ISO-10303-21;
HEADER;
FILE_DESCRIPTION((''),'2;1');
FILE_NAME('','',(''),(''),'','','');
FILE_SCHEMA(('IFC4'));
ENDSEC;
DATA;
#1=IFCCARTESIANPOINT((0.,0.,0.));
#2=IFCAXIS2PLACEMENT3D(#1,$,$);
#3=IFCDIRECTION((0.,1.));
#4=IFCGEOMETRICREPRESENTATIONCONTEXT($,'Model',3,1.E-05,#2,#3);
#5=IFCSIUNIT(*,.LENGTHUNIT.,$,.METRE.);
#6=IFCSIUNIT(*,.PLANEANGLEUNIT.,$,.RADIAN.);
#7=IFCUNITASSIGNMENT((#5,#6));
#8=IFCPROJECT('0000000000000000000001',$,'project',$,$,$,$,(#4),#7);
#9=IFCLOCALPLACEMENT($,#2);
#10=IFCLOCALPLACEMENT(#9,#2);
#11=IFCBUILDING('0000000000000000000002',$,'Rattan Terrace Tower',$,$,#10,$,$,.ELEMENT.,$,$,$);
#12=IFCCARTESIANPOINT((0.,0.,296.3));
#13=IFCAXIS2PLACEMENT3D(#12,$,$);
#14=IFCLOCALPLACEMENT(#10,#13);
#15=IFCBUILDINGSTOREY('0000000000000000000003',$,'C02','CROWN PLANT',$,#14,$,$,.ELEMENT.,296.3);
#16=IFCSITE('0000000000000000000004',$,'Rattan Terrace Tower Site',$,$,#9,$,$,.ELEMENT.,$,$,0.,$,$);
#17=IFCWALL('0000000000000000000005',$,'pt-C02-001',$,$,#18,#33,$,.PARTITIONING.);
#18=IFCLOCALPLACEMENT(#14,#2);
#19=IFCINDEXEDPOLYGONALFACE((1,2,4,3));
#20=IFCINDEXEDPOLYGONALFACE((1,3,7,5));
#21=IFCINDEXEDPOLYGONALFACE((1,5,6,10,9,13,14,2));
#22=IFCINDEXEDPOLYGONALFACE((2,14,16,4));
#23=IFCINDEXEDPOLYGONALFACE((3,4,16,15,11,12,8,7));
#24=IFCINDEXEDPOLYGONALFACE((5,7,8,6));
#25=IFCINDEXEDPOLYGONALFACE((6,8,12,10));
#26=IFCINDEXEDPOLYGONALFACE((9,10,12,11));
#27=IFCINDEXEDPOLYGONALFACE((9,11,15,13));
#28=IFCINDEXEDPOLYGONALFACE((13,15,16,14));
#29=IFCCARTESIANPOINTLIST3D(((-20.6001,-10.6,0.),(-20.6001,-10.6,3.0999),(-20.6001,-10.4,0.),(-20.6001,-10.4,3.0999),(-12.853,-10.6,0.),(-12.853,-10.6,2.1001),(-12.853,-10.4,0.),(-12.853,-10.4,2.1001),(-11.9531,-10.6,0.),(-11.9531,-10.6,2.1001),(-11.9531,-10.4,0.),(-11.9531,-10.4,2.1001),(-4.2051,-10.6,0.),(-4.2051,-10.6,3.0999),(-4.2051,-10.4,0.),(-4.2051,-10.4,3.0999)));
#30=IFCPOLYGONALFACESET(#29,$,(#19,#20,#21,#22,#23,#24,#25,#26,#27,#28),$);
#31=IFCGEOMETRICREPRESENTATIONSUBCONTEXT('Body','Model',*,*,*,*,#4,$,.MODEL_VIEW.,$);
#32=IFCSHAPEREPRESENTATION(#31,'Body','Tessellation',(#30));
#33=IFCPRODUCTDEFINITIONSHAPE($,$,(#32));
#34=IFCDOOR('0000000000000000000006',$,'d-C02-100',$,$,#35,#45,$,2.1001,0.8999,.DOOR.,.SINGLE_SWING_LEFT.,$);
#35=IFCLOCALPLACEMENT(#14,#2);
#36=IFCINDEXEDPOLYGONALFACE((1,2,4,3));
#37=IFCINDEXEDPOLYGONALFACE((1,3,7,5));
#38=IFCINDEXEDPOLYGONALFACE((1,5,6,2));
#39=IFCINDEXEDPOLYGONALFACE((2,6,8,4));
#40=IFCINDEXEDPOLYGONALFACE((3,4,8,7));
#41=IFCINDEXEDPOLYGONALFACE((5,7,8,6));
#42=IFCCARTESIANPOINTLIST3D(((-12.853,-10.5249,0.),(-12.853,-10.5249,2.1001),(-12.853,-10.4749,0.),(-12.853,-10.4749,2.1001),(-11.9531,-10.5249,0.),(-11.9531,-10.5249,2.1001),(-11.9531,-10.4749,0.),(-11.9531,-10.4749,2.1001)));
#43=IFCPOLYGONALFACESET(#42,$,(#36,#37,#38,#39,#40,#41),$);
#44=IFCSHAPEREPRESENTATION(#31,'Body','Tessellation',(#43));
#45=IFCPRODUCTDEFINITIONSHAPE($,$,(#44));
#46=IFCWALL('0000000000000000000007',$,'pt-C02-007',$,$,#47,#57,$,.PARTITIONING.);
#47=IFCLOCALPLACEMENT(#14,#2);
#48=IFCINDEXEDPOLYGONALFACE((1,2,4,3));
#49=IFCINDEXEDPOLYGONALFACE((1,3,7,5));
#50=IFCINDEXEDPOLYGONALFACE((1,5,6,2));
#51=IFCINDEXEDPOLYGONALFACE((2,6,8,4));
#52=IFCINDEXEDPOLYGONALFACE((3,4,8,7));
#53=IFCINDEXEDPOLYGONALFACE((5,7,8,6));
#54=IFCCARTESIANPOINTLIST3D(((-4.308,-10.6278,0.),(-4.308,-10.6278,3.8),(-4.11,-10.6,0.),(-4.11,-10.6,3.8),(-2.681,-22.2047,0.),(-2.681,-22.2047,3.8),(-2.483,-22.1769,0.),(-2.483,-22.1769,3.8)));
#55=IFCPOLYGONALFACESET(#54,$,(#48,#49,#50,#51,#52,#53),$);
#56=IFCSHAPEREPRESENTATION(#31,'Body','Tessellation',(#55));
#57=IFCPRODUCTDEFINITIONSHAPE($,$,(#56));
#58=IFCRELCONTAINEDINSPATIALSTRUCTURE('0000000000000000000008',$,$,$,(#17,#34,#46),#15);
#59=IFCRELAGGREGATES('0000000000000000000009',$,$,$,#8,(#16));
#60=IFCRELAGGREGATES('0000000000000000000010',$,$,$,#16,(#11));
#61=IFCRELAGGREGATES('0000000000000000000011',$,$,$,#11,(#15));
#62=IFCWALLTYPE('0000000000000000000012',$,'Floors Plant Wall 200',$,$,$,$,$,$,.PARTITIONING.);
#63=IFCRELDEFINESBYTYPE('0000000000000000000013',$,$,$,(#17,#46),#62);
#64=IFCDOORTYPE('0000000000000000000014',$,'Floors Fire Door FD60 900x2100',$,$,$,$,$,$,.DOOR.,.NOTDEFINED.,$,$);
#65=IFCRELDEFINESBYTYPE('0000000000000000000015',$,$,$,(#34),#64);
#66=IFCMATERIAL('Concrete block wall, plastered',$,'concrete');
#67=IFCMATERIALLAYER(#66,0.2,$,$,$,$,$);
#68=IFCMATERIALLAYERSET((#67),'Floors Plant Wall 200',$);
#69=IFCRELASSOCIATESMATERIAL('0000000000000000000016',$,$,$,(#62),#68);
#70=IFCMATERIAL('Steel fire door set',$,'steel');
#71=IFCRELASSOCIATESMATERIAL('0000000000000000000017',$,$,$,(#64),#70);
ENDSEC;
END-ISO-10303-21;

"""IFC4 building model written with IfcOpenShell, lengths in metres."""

from ifc_helpers import new_model, si_unit, direction, frame, frame_2d, origin, place, context, subcontext, project, spatial, rectangle, extrude, material, layer, layer_set, type_object, element, fill, save


model = new_model("IFC4")

# Units and contexts
model_context = context("Model", 3, precision=1e-05, world=origin(), true_north=direction((0.0, 1.0)))
body_context = subcontext(model_context, "Body", "Model", "MODEL_VIEW")
ifc_project = project(units=[si_unit("LENGTHUNIT", "METRE"), si_unit("PLANEANGLEUNIT", "RADIAN")], contexts=[model_context])

# Site, building, storey
site_placement = place(None, origin())
site = spatial("IfcSite", under=ifc_project, at=site_placement, Name="Rattan Terrace Tower Site", CompositionType="ELEMENT", RefElevation=0.0)
building_placement = place(site_placement, origin())
building = spatial("IfcBuilding", under=site, at=building_placement, Name="Rattan Terrace Tower", CompositionType="ELEMENT")
storey_placement = place(building_placement, frame((0.0, 0.0, 296.3)))
storey = spatial("IfcBuildingStorey", under=building, at=storey_placement, Name="C02", Description="CROWN PLANT", CompositionType="ELEMENT", Elevation=296.3)

# Wall, opening, door
ifc_material_1 = material(Name="Concrete block wall, plastered", Category="concrete")
ifc_layer_1 = layer(ifc_material_1, 0.2)
ifc_layer_set_1 = layer_set([ifc_layer_1], Name="Floors Plant Wall 200")
wall_type_1 = type_object("IfcWallType", Name="Floors Plant Wall 200", PredefinedType="PARTITIONING", material=ifc_layer_set_1)
wall_1_placement = place(storey_placement, frame((-4.2051, -10.5, 0.0), z_axis=(0.0, 0.0, 1.0), x_axis=(-1.0, 0.0, 0.0)))
wall_1 = element("IfcWall", 1, at=wall_1_placement, inside=storey, type_object=wall_type_1, Name="pt-C02-001", PredefinedType="PARTITIONING", context=body_context, shape_type="SweptSolid", body=[
    extrude(rectangle(XDim=16.395, YDim=0.2, at=frame_2d((8.1975, 0.0))), origin(), (0.0, 0.0, 1.0), 3.0999),
])
opening_1_placement = place(wall_1_placement, frame((7.748, 0.0, 0.0)))
opening_1 = element("IfcOpeningElement", 2, at=opening_1_placement, cuts=wall_1, PredefinedType="OPENING", context=body_context, shape_type="SweptSolid", body=[
    extrude(rectangle(XDim=0.8999, YDim=2.1001, at=frame_2d((0.45, 1.05))), frame((0.0, 0.1106, 0.0), z_axis=(0.0, -1.0, 0.0), x_axis=(1.0, 0.0, 0.0)), (0.0, 0.0, 1.0), 0.2209),
])
ifc_material_2 = material(Name="Steel fire door set", Category="steel")
door_type_1 = type_object("IfcDoorType", Name="Floors Fire Door FD60 900x2100", OperationType="NOTDEFINED", PredefinedType="DOOR", material=ifc_material_2)
door_1_placement = place(opening_1_placement, origin())
door_1 = element("IfcDoor", 3, at=door_1_placement, inside=storey, type_object=door_type_1, Name="d-C02-100", OperationType="SINGLE_SWING_LEFT", OverallHeight=2.1001, OverallWidth=0.8999, PredefinedType="DOOR", context=body_context, shape_type="SweptSolid", body=[
    extrude(rectangle(XDim=0.8999, YDim=2.1001, at=frame_2d((0.45, 1.05))), frame((0.0, 0.0249, 0.0), z_axis=(0.0, -1.0, 0.0), x_axis=(1.0, 0.0, 0.0)), (0.0, 0.0, 1.0), 0.05),
])
fill(opening_1, door_1)

# Wall
wall_2_placement = place(storey_placement, frame((-4.209, -10.614, 0.0), z_axis=(0.0, 0.0, 1.0), x_axis=(0.139167, -0.990269, 0.0)))
element("IfcWall", 4, at=wall_2_placement, inside=storey, type_object=wall_type_1, Name="pt-C02-007", PredefinedType="PARTITIONING", context=body_context, shape_type="SweptSolid", body=[
    extrude(rectangle(XDim=11.6907, YDim=0.2, at=frame_2d((5.8452, 0.0))), origin(), (0.0, 0.0, 1.0), 3.8),
])

save(model, "model.ifc")
